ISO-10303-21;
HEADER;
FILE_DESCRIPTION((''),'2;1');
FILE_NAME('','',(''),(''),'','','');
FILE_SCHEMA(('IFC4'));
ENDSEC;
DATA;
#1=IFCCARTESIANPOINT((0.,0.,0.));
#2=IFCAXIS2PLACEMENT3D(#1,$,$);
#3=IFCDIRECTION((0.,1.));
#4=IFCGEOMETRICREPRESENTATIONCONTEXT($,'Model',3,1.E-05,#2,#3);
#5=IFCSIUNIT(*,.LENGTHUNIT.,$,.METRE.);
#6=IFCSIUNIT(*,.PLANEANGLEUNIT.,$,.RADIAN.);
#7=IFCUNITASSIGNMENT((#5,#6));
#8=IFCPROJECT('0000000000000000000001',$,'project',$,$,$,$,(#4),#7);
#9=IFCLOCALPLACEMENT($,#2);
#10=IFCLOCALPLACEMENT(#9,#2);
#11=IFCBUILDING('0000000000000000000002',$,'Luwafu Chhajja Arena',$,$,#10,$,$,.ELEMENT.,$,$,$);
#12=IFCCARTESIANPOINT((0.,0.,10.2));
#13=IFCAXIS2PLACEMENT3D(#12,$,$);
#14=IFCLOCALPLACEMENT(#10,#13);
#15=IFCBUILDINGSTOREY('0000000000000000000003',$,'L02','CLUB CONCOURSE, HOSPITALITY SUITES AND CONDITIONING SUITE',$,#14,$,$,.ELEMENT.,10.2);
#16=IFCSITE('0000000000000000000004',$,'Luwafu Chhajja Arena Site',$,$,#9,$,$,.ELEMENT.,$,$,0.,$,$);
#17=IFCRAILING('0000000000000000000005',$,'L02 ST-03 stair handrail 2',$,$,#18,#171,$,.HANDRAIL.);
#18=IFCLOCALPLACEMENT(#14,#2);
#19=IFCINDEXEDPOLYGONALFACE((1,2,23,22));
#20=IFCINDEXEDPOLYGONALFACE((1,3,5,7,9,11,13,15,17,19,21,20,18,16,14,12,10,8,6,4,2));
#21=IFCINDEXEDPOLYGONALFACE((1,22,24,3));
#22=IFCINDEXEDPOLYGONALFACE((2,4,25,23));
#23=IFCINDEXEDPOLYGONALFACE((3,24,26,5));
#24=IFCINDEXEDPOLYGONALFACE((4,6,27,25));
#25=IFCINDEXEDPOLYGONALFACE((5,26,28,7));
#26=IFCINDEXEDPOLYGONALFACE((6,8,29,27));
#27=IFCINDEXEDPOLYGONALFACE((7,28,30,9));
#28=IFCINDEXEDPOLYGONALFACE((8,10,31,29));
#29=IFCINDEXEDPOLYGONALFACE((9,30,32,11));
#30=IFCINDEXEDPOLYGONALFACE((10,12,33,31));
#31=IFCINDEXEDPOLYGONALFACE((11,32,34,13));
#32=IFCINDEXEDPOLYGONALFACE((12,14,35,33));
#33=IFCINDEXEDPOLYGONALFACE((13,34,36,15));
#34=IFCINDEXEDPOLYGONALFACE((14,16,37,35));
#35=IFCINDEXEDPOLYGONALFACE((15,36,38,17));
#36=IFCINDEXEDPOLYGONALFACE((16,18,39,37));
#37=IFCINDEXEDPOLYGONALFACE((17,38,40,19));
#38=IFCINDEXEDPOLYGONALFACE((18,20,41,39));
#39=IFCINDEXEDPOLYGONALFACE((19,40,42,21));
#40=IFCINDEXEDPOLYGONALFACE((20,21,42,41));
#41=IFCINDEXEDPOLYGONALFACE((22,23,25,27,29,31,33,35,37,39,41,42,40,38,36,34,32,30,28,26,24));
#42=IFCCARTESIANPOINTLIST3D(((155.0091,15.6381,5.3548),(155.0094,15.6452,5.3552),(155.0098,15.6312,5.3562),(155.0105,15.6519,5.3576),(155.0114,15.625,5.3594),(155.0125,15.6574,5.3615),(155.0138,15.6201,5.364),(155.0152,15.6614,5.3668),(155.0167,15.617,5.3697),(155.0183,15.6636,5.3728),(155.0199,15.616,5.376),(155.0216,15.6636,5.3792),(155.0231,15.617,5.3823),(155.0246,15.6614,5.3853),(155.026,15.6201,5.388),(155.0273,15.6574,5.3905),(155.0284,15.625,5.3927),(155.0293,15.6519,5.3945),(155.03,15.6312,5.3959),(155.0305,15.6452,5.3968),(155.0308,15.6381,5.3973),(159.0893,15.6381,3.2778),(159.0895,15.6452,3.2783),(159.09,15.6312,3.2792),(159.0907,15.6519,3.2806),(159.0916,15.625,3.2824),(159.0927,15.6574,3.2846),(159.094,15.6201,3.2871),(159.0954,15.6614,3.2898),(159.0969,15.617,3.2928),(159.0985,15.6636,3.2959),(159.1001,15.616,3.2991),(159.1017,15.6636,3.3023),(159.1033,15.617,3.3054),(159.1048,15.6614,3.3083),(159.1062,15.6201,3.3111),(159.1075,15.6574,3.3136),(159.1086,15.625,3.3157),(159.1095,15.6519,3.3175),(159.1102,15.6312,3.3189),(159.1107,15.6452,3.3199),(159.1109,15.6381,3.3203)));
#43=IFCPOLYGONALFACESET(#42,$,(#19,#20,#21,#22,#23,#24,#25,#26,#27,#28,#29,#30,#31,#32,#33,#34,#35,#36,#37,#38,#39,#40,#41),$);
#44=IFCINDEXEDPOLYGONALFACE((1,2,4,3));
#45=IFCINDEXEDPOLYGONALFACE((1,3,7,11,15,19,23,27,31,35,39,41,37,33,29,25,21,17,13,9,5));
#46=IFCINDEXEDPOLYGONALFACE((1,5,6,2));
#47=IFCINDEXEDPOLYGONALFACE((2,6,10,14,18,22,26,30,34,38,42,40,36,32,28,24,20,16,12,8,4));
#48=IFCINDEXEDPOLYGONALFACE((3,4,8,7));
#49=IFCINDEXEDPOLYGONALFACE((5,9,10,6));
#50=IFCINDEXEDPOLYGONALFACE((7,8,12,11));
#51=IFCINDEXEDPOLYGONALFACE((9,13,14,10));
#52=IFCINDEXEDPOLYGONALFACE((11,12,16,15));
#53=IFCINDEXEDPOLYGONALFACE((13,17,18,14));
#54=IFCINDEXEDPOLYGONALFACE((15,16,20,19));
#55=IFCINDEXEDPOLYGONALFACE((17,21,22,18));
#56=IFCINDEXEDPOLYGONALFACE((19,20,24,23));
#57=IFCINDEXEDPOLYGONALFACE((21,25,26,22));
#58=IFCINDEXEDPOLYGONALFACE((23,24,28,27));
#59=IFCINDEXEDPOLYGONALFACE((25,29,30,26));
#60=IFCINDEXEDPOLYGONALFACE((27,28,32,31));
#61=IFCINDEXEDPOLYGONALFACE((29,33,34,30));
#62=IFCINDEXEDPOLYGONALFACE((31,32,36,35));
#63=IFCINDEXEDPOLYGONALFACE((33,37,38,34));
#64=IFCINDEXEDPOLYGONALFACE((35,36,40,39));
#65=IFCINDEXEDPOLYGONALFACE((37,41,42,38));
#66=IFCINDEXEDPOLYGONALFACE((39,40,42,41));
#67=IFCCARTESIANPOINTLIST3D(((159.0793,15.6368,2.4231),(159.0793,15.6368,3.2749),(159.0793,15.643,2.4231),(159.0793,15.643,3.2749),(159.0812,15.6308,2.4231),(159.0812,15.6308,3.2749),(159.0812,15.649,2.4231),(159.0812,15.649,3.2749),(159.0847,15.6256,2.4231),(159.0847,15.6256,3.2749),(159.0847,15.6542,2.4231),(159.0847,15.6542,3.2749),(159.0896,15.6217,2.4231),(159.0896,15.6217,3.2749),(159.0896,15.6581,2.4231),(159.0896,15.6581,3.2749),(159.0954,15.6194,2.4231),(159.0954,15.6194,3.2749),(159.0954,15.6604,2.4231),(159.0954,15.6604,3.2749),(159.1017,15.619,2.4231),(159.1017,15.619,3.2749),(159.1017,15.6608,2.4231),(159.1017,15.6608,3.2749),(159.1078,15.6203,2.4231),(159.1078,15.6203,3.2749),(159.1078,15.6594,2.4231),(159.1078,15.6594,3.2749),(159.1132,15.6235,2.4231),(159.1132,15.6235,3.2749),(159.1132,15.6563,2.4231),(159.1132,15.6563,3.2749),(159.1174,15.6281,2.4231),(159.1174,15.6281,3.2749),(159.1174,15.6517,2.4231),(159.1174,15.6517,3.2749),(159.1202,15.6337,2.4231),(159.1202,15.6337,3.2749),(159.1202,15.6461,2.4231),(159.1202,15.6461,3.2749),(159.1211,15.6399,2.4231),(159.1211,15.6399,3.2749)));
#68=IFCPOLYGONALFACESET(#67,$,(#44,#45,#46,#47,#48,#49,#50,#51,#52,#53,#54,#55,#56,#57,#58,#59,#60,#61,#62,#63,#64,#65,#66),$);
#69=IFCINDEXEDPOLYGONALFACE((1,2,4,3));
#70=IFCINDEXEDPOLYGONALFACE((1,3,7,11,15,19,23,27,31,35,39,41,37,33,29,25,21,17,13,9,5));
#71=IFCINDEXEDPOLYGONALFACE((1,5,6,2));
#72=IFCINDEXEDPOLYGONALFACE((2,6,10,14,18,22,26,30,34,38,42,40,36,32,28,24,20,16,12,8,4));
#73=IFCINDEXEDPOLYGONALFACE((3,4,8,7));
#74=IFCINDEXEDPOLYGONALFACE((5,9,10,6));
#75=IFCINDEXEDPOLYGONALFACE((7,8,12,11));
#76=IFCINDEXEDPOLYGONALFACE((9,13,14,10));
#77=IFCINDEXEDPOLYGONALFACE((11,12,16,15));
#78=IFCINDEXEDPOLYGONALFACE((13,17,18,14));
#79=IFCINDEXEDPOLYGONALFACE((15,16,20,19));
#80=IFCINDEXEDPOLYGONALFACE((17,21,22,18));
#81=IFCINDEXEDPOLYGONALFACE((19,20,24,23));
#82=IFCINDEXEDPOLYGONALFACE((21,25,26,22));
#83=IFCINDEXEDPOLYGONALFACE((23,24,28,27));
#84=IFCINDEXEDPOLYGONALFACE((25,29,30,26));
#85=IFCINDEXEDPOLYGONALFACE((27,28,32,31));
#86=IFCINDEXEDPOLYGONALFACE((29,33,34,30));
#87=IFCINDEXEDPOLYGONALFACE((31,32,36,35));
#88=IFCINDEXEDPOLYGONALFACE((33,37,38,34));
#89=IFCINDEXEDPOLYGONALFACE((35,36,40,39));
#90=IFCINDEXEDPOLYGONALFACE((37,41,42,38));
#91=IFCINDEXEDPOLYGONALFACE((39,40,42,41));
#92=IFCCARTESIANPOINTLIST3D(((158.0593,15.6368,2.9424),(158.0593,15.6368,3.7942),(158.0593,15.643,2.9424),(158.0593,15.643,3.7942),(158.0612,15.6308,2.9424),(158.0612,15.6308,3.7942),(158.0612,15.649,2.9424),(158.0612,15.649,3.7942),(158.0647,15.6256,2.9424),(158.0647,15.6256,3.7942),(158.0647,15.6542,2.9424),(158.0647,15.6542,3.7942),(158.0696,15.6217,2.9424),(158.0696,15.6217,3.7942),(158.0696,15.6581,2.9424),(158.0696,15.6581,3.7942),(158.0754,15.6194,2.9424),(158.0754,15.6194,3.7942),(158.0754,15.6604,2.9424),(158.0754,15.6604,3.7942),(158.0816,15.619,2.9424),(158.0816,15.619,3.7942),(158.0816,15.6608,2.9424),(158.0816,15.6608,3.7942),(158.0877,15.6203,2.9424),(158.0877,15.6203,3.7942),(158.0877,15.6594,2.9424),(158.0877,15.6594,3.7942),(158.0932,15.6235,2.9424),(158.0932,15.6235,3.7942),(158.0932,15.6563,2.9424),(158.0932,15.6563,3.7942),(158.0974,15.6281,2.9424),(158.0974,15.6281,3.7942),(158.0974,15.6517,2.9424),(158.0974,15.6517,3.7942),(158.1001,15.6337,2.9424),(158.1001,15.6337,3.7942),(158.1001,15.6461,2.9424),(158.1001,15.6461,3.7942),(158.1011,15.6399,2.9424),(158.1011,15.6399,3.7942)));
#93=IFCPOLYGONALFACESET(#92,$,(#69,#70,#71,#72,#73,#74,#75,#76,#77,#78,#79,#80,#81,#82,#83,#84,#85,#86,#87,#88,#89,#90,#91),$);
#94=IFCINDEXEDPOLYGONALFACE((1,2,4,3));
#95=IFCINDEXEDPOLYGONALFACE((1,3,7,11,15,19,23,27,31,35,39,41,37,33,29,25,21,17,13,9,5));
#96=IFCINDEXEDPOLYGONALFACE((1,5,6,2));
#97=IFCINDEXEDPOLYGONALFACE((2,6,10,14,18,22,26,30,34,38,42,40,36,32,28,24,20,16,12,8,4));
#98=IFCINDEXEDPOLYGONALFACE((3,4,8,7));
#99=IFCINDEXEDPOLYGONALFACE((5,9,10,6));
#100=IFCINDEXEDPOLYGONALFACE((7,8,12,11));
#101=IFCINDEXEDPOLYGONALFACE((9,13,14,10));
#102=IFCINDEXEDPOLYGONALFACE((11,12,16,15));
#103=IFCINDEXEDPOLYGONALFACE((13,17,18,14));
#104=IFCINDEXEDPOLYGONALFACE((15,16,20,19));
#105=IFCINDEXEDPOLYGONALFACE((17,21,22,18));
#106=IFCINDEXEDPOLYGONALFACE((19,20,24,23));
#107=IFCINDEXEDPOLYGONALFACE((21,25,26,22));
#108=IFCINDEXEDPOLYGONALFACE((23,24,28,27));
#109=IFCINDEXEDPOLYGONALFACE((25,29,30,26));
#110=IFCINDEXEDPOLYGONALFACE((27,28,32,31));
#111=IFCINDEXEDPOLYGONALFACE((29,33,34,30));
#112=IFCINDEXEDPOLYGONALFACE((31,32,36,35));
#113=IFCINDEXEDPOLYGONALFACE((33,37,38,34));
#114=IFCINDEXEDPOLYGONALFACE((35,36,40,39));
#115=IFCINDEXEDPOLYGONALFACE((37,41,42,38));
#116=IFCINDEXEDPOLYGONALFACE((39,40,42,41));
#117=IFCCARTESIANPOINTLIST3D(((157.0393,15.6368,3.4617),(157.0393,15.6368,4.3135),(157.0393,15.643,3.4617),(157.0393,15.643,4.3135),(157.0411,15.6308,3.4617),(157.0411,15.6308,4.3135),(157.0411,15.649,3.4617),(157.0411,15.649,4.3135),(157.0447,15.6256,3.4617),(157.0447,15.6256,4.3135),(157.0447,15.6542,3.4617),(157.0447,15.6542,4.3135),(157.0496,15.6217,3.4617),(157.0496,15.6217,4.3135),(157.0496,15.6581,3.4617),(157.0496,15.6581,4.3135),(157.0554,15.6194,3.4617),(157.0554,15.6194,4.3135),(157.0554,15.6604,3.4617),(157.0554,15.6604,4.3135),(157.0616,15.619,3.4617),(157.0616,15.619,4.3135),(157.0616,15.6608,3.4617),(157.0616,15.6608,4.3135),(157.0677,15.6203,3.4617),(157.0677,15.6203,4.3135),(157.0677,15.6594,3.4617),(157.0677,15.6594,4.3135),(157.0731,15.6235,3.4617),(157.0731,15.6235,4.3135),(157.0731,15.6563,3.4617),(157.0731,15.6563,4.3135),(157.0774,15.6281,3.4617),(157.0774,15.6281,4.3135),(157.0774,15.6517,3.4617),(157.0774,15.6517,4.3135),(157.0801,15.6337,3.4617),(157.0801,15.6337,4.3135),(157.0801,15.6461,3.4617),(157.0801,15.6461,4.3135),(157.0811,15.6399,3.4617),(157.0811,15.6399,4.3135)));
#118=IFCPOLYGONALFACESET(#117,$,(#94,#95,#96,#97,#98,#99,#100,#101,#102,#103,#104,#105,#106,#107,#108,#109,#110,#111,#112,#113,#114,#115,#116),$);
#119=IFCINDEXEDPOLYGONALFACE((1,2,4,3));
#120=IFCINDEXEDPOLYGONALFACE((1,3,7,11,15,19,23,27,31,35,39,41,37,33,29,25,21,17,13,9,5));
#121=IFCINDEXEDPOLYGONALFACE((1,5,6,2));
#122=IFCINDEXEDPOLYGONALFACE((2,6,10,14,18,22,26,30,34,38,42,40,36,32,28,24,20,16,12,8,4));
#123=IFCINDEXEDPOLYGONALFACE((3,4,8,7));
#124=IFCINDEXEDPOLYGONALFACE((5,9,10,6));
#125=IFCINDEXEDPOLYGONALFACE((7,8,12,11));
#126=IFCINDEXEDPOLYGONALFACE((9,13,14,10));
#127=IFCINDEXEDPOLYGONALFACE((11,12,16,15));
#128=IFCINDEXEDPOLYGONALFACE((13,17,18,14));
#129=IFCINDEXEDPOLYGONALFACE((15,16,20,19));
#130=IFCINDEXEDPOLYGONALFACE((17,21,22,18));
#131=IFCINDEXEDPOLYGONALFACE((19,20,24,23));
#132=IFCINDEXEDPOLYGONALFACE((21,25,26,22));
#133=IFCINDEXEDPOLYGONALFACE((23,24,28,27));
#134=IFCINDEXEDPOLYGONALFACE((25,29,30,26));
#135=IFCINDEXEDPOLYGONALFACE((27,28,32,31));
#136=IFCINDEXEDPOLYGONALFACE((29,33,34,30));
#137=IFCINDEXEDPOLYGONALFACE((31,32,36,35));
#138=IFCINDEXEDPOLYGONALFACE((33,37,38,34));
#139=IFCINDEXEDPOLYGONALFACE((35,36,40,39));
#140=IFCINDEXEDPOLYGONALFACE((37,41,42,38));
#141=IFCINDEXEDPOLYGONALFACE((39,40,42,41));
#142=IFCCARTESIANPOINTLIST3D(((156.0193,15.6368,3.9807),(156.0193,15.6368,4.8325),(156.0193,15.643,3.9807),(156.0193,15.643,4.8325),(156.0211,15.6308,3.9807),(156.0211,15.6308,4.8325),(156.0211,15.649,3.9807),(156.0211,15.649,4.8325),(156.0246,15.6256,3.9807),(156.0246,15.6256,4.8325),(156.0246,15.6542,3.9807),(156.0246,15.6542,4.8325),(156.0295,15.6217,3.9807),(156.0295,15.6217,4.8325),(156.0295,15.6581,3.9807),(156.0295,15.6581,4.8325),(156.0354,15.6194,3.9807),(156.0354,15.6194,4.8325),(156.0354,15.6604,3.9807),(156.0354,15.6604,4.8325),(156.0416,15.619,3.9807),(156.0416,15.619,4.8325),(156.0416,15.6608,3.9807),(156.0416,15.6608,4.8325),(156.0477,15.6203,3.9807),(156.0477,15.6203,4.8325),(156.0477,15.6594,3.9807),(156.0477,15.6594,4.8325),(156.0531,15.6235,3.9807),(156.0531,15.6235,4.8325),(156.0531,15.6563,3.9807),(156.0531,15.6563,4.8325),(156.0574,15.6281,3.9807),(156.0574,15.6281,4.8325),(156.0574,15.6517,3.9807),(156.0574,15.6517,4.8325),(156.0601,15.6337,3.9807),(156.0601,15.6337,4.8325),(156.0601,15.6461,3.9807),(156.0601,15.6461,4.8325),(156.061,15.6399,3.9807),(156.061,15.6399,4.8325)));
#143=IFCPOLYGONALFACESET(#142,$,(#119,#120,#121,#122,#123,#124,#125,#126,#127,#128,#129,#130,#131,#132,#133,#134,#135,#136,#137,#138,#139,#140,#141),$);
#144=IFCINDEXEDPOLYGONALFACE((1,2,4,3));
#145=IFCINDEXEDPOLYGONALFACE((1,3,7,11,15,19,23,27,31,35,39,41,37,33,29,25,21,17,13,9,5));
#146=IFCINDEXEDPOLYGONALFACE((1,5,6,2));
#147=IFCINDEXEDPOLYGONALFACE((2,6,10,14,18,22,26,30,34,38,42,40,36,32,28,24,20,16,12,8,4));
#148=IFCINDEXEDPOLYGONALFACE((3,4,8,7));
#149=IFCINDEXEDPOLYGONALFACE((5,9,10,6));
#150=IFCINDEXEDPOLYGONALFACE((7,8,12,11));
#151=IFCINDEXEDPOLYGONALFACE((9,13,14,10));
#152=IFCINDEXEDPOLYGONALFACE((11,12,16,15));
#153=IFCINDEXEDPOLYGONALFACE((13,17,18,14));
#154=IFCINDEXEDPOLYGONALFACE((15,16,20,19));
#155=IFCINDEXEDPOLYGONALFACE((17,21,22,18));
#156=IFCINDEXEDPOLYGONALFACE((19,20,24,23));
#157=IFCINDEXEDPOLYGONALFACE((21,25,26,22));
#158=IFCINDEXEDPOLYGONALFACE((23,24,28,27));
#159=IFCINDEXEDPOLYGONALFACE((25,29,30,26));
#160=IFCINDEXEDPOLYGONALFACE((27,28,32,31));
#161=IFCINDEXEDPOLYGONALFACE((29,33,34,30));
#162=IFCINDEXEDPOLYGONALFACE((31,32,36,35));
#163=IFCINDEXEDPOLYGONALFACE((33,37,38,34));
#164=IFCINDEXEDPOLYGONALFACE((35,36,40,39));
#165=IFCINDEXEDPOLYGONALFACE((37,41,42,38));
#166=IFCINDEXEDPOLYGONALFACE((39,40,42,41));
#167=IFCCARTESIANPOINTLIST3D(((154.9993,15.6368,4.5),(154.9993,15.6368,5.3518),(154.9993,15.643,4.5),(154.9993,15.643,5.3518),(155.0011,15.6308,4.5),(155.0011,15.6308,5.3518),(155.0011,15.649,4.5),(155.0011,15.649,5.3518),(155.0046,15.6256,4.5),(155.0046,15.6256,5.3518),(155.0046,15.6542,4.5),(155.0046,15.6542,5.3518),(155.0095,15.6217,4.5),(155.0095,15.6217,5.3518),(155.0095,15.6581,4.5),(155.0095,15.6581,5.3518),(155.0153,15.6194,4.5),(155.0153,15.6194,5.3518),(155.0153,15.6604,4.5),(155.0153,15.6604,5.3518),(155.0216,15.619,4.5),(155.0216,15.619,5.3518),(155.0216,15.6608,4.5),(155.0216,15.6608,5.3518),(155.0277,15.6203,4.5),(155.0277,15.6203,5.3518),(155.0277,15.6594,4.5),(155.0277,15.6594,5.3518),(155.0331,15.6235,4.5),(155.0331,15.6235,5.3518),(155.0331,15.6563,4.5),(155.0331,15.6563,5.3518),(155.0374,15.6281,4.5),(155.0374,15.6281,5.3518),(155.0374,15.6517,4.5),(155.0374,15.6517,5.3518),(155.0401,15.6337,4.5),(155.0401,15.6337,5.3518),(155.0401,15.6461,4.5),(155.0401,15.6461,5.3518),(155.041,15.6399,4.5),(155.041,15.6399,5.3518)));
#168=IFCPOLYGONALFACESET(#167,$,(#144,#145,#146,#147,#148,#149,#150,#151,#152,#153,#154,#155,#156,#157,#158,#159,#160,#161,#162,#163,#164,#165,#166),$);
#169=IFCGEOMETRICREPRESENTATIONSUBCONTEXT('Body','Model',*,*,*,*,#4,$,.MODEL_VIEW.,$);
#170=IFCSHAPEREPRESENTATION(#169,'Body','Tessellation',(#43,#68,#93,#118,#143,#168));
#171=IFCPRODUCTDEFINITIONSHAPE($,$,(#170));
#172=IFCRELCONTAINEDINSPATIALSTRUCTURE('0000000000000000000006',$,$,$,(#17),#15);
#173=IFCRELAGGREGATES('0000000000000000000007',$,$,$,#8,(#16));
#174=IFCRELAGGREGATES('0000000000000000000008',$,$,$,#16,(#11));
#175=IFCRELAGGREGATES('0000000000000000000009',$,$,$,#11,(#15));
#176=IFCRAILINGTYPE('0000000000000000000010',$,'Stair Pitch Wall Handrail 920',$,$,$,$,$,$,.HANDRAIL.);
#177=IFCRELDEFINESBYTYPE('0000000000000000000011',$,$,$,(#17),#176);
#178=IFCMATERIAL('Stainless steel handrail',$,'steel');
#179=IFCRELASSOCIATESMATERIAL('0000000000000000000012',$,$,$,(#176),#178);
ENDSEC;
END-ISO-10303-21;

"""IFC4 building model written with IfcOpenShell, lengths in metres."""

from ifc_helpers import new_model, si_unit, direction, frame, origin, origin_2d, place, context, subcontext, project, spatial, circle, extrude, material, type_object, element, save


model = new_model("IFC4")

# Units and contexts
model_context = context("Model", 3, precision=1e-05, world=origin(), true_north=direction((0.0, 1.0)))
body_context = subcontext(model_context, "Body", "Model", "MODEL_VIEW")
ifc_project = project(units=[si_unit("LENGTHUNIT", "METRE"), si_unit("PLANEANGLEUNIT", "RADIAN")], contexts=[model_context])

# Site, building, storey
site_placement = place(None, origin())
site = spatial("IfcSite", under=ifc_project, at=site_placement, Name="Luwafu Chhajja Arena Site", CompositionType="ELEMENT", RefElevation=0.0)
building_placement = place(site_placement, origin())
building = spatial("IfcBuilding", under=site, at=building_placement, Name="Luwafu Chhajja Arena", CompositionType="ELEMENT")
storey_placement = place(building_placement, frame((0.0, 0.0, 10.2)))
storey = spatial("IfcBuildingStorey", under=building, at=storey_placement, Name="L02", Description="CLUB CONCOURSE, HOSPITALITY SUITES AND CONDITIONING SUITE", CompositionType="ELEMENT", Elevation=10.2)

# Railing
ifc_material_1 = material(Name="Stainless steel handrail", Category="steel")
railing_type_1 = type_object("IfcRailingType", Name="Stair Pitch Wall Handrail 920", PredefinedType="HANDRAIL", material=ifc_material_1)
railing_1_placement = place(storey_placement, frame((159.1001, 15.6399, 2.4231)))
element("IfcRailing", 1, at=railing_1_placement, inside=storey, type_object=railing_type_1, Name="L02 ST-03 stair handrail 2", PredefinedType="HANDRAIL", context=body_context, shape_type="SweptSolid", body=[
    extrude(circle(Radius=0.0239, at=origin_2d()), frame((0.0, 0.0, 0.876), z_axis=(-0.891183, 0.0, 0.453644), x_axis=(0.0, -1.0, 0.0)), (0.0, 0.0, 1.0), 4.5784),
    extrude(circle(Radius=0.021, at=origin_2d()), origin(), (0.0, 0.0, 1.0), 0.8518),
    extrude(circle(Radius=0.021, at=origin_2d()), frame((-1.02, 0.0, 0.5193)), (0.0, 0.0, 1.0), 0.8518),
    extrude(circle(Radius=0.021, at=origin_2d()), frame((-2.04, 0.0, 1.0386)), (0.0, 0.0, 1.0), 0.8518),
    extrude(circle(Radius=0.021, at=origin_2d()), frame((-3.0601, 0.0, 1.5576)), (0.0, 0.0, 1.0), 0.8518),
    extrude(circle(Radius=0.021, at=origin_2d()), frame((-4.0801, 0.0, 2.0769)), (0.0, 0.0, 1.0), 0.8518),
])

save(model, "model.ifc")
